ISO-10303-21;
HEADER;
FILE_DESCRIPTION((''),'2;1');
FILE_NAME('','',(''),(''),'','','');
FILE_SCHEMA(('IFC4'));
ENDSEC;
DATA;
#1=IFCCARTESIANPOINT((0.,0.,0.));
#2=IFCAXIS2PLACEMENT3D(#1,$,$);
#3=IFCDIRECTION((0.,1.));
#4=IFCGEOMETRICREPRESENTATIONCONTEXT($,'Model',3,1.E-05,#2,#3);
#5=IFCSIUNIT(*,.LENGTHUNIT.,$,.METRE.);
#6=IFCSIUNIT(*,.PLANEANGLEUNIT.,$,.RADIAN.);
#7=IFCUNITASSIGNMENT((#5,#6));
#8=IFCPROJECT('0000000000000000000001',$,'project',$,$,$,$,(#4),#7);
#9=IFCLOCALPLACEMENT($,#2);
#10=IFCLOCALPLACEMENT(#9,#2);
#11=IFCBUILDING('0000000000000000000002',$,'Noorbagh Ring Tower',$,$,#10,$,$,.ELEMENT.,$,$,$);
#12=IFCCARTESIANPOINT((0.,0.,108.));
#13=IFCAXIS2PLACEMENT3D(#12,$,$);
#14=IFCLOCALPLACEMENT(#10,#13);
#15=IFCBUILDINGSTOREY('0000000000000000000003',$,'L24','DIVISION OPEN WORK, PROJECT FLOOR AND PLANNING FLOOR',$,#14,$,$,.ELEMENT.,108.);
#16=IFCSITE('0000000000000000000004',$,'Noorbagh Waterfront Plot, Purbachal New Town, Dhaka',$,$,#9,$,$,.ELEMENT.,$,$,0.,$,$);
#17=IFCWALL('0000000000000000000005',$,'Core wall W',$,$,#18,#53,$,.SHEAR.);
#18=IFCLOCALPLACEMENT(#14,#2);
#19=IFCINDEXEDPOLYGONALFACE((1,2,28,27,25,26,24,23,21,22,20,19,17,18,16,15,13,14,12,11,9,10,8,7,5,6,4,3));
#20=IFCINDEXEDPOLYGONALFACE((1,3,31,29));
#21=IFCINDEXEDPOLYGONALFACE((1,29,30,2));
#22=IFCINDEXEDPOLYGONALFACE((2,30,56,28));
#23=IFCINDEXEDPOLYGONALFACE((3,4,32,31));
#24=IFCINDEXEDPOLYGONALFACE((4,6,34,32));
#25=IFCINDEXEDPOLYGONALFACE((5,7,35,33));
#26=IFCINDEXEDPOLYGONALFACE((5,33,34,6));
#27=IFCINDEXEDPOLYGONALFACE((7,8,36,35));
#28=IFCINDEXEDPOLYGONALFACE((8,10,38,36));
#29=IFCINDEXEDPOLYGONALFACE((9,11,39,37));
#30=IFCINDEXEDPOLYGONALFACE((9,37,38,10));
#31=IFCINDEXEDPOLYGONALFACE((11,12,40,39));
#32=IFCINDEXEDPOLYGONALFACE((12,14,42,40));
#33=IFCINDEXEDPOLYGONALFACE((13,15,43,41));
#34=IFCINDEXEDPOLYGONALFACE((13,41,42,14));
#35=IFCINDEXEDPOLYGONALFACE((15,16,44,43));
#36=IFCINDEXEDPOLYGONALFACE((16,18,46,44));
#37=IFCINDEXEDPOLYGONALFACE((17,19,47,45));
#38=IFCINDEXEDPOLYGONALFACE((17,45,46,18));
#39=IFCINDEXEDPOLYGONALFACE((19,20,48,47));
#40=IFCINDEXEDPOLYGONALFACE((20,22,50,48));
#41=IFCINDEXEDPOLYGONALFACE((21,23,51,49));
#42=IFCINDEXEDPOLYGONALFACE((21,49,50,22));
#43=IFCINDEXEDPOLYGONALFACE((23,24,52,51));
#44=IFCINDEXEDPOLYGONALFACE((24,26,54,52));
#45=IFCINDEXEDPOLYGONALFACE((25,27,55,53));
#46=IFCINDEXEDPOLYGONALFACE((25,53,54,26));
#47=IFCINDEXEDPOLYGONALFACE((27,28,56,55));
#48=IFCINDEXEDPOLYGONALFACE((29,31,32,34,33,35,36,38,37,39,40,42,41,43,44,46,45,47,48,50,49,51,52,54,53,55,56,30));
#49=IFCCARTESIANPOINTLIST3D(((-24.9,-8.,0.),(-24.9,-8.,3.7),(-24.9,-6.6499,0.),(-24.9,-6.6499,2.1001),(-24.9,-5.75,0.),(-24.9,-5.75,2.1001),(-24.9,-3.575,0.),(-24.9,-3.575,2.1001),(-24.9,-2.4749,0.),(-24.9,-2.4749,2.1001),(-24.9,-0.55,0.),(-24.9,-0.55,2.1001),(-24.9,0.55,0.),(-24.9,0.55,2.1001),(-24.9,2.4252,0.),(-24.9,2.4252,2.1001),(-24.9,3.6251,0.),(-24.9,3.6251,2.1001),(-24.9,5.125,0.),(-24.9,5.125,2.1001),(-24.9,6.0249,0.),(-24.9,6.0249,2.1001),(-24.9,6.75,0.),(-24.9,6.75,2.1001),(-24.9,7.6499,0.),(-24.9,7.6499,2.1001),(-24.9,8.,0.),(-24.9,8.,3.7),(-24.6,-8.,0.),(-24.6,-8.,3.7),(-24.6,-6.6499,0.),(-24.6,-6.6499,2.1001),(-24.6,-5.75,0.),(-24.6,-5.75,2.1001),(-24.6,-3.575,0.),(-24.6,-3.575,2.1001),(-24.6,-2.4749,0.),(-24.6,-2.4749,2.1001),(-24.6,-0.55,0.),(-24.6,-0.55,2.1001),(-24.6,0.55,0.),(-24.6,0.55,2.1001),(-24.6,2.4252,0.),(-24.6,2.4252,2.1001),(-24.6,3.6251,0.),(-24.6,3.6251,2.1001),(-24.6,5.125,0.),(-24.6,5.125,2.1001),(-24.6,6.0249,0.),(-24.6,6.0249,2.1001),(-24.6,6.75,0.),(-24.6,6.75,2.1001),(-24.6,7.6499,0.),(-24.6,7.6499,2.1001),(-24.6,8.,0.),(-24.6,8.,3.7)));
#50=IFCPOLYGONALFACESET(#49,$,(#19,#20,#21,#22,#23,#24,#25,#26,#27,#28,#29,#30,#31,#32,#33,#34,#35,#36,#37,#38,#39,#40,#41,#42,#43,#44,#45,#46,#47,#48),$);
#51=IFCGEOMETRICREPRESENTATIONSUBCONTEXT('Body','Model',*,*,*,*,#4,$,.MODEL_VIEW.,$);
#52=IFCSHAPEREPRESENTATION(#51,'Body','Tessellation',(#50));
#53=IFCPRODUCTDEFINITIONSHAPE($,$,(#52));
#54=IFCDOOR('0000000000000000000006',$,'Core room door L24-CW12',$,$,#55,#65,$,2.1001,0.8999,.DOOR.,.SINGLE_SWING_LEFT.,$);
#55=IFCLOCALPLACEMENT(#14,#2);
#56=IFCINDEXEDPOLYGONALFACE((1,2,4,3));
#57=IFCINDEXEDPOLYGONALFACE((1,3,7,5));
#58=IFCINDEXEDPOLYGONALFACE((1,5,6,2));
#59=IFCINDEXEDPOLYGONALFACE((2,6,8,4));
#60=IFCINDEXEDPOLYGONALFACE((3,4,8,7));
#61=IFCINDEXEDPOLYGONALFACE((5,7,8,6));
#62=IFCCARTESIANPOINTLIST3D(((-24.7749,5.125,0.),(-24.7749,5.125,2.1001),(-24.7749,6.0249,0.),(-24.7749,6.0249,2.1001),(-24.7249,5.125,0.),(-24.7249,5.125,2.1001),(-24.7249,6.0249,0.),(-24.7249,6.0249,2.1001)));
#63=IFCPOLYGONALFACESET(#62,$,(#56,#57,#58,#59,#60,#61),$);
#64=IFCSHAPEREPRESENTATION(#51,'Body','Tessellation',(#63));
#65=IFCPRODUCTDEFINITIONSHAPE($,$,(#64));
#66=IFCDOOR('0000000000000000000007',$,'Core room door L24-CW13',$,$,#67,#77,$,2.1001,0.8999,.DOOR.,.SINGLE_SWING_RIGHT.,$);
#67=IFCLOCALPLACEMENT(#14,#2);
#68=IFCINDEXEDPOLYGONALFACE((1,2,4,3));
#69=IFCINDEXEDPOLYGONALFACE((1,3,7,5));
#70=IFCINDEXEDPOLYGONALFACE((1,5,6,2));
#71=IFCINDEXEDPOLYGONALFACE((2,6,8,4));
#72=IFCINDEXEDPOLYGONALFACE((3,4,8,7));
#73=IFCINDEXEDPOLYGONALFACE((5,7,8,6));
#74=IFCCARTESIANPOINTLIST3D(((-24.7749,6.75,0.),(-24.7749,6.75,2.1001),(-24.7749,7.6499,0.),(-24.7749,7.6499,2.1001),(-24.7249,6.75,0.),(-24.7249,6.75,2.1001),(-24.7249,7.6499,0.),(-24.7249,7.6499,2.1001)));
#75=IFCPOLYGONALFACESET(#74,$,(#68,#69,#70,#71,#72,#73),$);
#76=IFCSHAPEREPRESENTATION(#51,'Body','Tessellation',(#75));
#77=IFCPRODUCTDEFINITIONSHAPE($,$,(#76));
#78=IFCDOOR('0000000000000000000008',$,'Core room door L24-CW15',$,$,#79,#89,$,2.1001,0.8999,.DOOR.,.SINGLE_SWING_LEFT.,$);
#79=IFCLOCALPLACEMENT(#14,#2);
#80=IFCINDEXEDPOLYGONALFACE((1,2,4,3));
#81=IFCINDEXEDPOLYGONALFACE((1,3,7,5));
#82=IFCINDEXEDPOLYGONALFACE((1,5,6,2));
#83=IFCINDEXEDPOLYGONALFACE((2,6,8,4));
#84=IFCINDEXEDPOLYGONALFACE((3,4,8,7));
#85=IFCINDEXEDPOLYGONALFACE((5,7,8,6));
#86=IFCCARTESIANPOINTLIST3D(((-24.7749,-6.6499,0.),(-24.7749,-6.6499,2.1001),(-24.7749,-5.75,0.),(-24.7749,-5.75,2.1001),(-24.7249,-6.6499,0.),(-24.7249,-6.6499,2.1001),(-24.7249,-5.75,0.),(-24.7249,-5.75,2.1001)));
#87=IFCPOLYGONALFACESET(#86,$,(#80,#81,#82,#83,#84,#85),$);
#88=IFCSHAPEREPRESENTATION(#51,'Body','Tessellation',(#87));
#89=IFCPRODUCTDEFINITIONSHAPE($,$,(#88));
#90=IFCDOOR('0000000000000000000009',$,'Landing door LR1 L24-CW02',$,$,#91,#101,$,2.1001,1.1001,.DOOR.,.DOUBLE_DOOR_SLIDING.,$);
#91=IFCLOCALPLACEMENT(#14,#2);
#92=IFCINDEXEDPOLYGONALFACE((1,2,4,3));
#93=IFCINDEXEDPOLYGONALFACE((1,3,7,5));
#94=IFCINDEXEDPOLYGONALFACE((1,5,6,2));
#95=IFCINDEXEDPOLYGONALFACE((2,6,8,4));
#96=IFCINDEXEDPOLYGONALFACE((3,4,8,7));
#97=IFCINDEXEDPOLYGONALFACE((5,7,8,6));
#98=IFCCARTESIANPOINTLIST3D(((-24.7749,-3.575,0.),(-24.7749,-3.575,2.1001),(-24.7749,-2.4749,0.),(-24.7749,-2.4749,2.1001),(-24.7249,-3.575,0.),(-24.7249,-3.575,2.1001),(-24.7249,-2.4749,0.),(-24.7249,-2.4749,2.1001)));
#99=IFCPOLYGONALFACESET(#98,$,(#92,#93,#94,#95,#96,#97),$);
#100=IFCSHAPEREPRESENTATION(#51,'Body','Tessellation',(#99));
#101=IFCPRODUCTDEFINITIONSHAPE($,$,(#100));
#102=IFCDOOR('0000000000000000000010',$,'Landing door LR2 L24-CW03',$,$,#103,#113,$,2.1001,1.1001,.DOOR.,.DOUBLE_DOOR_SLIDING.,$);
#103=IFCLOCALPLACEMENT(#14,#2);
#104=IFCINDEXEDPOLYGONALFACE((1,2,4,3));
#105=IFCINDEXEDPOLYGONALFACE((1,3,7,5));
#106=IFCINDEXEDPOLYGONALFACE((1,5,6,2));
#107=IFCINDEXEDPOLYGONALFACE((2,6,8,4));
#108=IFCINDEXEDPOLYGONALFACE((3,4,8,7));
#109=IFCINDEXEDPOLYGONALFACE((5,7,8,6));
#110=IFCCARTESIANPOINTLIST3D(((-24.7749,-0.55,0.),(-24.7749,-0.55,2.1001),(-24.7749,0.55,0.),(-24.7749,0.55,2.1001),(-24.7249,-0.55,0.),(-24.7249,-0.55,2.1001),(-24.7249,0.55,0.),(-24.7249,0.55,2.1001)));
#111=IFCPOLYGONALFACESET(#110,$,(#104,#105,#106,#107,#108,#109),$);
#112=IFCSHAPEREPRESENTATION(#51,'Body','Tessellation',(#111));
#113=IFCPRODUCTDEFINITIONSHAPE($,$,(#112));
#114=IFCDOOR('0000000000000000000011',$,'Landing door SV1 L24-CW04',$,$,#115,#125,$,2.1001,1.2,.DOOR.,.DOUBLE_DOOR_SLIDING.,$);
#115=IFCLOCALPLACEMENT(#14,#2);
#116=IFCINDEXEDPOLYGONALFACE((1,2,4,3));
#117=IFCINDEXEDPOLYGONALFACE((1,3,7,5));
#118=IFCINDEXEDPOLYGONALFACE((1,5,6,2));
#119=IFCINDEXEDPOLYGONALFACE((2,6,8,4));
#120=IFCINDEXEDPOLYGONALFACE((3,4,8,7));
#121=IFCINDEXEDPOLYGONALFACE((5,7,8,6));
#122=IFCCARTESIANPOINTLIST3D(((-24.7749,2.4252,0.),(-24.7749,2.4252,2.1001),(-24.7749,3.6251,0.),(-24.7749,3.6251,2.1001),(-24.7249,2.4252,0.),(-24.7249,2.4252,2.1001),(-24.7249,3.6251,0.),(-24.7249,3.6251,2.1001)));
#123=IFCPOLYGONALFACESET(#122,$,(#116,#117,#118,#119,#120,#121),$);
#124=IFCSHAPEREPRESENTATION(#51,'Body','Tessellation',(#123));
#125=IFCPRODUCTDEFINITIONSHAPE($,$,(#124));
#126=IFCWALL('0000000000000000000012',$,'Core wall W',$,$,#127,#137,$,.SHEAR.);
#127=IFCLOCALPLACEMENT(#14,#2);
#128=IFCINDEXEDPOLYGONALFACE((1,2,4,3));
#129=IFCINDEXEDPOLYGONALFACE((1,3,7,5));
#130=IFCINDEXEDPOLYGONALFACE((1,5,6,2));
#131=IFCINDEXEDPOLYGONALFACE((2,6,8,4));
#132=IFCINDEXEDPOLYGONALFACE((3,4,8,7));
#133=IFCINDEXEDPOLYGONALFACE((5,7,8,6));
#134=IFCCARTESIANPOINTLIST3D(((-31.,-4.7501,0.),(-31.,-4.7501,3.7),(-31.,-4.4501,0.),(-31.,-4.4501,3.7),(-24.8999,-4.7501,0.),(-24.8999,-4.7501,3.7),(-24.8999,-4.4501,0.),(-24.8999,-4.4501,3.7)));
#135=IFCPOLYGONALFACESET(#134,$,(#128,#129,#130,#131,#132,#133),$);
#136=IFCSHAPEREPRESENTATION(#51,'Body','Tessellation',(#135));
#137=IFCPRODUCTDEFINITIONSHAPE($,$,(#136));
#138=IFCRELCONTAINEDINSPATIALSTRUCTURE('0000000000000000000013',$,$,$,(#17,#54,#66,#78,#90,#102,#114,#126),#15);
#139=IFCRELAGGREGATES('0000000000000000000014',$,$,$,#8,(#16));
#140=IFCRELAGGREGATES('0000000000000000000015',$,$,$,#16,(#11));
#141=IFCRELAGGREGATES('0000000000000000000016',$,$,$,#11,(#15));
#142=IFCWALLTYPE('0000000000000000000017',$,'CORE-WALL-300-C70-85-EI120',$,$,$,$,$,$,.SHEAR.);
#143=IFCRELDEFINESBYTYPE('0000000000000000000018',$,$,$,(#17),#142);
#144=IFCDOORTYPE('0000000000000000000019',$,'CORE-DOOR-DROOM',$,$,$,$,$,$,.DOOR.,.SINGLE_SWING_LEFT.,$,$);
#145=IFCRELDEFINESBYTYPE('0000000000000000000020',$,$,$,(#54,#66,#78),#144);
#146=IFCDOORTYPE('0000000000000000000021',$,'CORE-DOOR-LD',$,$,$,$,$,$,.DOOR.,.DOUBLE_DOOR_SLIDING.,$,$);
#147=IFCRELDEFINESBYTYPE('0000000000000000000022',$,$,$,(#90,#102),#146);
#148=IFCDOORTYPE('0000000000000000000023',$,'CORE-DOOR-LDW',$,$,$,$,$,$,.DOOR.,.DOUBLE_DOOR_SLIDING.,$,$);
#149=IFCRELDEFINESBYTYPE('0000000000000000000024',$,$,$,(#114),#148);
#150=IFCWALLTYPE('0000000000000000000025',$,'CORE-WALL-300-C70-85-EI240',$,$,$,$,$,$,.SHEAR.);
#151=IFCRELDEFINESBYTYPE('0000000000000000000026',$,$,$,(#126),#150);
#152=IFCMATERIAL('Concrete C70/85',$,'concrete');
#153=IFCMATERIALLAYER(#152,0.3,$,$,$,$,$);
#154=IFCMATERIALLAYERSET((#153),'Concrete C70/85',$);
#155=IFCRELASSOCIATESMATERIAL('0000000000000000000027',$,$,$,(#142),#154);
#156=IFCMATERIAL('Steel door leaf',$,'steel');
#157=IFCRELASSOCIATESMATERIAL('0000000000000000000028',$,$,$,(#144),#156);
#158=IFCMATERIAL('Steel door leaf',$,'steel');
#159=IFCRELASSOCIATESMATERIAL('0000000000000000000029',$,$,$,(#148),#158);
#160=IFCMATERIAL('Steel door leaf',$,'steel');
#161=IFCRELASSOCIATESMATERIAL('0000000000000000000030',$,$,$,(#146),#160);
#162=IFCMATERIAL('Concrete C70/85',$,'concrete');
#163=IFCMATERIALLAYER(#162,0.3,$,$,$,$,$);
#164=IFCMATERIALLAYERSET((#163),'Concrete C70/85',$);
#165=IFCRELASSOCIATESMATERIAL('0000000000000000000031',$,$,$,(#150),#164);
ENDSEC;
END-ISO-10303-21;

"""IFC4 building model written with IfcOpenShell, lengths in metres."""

from ifc_helpers import new_model, si_unit, direction, frame, frame_2d, origin, place, context, subcontext, project, spatial, rectangle, extrude, material, layer, layer_set, type_object, element, fill, save


model = new_model("IFC4")

# Units and contexts
model_context = context("Model", 3, precision=1e-05, world=origin(), true_north=direction((0.0, 1.0)))
body_context = subcontext(model_context, "Body", "Model", "MODEL_VIEW")
ifc_project = project(units=[si_unit("LENGTHUNIT", "METRE"), si_unit("PLANEANGLEUNIT", "RADIAN")], contexts=[model_context])

# Site, building, storey
site_placement = place(None, origin())
site = spatial("IfcSite", under=ifc_project, at=site_placement, Name="Noorbagh Waterfront Plot, Purbachal New Town, Dhaka", CompositionType="ELEMENT", RefElevation=0.0)
building_placement = place(site_placement, origin())
building = spatial("IfcBuilding", under=site, at=building_placement, Name="Noorbagh Ring Tower", CompositionType="ELEMENT")
storey_placement = place(building_placement, frame((0.0, 0.0, 108.0)))
storey = spatial("IfcBuildingStorey", under=building, at=storey_placement, Name="L24", Description="DIVISION OPEN WORK, PROJECT FLOOR AND PLANNING FLOOR", CompositionType="ELEMENT", Elevation=108.0)

# Shared definitions
ifc_material_1 = material(Name="Concrete C70/85", Category="concrete")
ifc_layer_1 = layer(ifc_material_1, 0.3)
ifc_layer_set_1 = layer_set([ifc_layer_1], Name="Concrete C70/85")
wall_type_1 = type_object("IfcWallType", Name="CORE-WALL-300-C70-85-EI120", PredefinedType="SHEAR", material=ifc_layer_set_1)

# Wall, openings, doors
ifc_material_2 = material(Name="Steel door leaf", Category="steel")
door_type_1 = type_object("IfcDoorType", Name="CORE-DOOR-DROOM", OperationType="SINGLE_SWING_LEFT", PredefinedType="DOOR", material=ifc_material_2)
ifc_material_3 = material(Name="Steel door leaf", Category="steel")
door_type_2 = type_object("IfcDoorType", Name="CORE-DOOR-LDW", OperationType="DOUBLE_DOOR_SLIDING", PredefinedType="DOOR", material=ifc_material_3)
wall_1_placement = place(storey_placement, frame((-24.75, -8.0, 0.0), z_axis=(0.0, 0.0, 1.0), x_axis=(0.0, 1.0, 0.0)))
wall_1 = element("IfcWall", 1, at=wall_1_placement, inside=storey, type_object=wall_type_1, Name="Core wall W", PredefinedType="SHEAR", context=body_context, shape_type="SweptSolid", body=[
    extrude(rectangle(XDim=16.0, YDim=0.3, at=frame_2d((8.0, 0.0))), origin(), (0.0, 0.0, 1.0), 3.7),
])
opening_1_placement = place(wall_1_placement, frame((4.425, 0.0, 0.0)))
opening_1 = element("IfcOpeningElement", 2, at=opening_1_placement, cuts=wall_1, PredefinedType="OPENING", context=body_context, shape_type="SweptSolid", body=[
    extrude(rectangle(XDim=1.1001, YDim=2.1001, at=frame_2d((0.55, 1.05))), frame((0.0, 0.1602, 0.0), z_axis=(0.0, -1.0, 0.0), x_axis=(1.0, 0.0, 0.0)), (0.0, 0.0, 1.0), 0.3201),
])
opening_2_placement = place(wall_1_placement, frame((7.45, 0.0, 0.0)))
opening_2 = element("IfcOpeningElement", 3, at=opening_2_placement, cuts=wall_1, PredefinedType="OPENING", context=body_context, shape_type="SweptSolid", body=[
    extrude(rectangle(XDim=1.1001, YDim=2.1001, at=frame_2d((0.55, 1.05))), frame((0.0, 0.1602, 0.0), z_axis=(0.0, -1.0, 0.0), x_axis=(1.0, 0.0, 0.0)), (0.0, 0.0, 1.0), 0.3201),
])
opening_3_placement = place(wall_1_placement, frame((10.425, 0.0, 0.0)))
opening_3 = element("IfcOpeningElement", 4, at=opening_3_placement, cuts=wall_1, PredefinedType="OPENING", context=body_context, shape_type="SweptSolid", body=[
    extrude(rectangle(XDim=1.2, YDim=2.1001, at=frame_2d((0.6001, 1.05))), frame((0.0, 0.1602, 0.0), z_axis=(0.0, -1.0, 0.0), x_axis=(1.0, 0.0, 0.0)), (0.0, 0.0, 1.0), 0.3201),
])
opening_4_placement = place(wall_1_placement, frame((13.125, 0.0, 0.0)))
opening_4 = element("IfcOpeningElement", 5, at=opening_4_placement, cuts=wall_1, PredefinedType="OPENING", context=body_context, shape_type="SweptSolid", body=[
    extrude(rectangle(XDim=0.8999, YDim=2.1001, at=frame_2d((0.45, 1.05))), frame((0.0, 0.1602, 0.0), z_axis=(0.0, -1.0, 0.0), x_axis=(1.0, 0.0, 0.0)), (0.0, 0.0, 1.0), 0.3201),
])
opening_5_placement = place(wall_1_placement, frame((14.75, 0.0, 0.0)))
opening_5 = element("IfcOpeningElement", 6, at=opening_5_placement, cuts=wall_1, PredefinedType="OPENING", context=body_context, shape_type="SweptSolid", body=[
    extrude(rectangle(XDim=0.8999, YDim=2.1001, at=frame_2d((0.45, 1.05))), frame((0.0, 0.1602, 0.0), z_axis=(0.0, -1.0, 0.0), x_axis=(1.0, 0.0, 0.0)), (0.0, 0.0, 1.0), 0.3201),
])
opening_6_placement = place(wall_1_placement, frame((1.3501, 0.0, 0.0)))
opening_6 = element("IfcOpeningElement", 7, at=opening_6_placement, cuts=wall_1, PredefinedType="OPENING", context=body_context, shape_type="SweptSolid", body=[
    extrude(rectangle(XDim=0.8999, YDim=2.1001, at=frame_2d((0.45, 1.05))), frame((0.0, 0.1602, 0.0), z_axis=(0.0, -1.0, 0.0), x_axis=(1.0, 0.0, 0.0)), (0.0, 0.0, 1.0), 0.3201),
])
door_1_placement = place(opening_4_placement, origin())
door_1 = element("IfcDoor", 8, at=door_1_placement, inside=storey, type_object=door_type_1, Name="Core room door L24-CW12", OperationType="SINGLE_SWING_LEFT", OverallHeight=2.1001, OverallWidth=0.8999, PredefinedType="DOOR", context=body_context, shape_type="SweptSolid", body=[
    extrude(rectangle(XDim=0.8999, YDim=2.1001, at=frame_2d((0.45, 1.05))), frame((0.0, 0.0249, 0.0), z_axis=(0.0, -1.0, 0.0), x_axis=(1.0, 0.0, 0.0)), (0.0, 0.0, 1.0), 0.05),
])
fill(opening_4, door_1)
door_2_placement = place(opening_5_placement, origin())
door_2 = element("IfcDoor", 9, at=door_2_placement, inside=storey, type_object=door_type_1, Name="Core room door L24-CW13", OperationType="SINGLE_SWING_RIGHT", OverallHeight=2.1001, OverallWidth=0.8999, PredefinedType="DOOR", context=body_context, shape_type="SweptSolid", body=[
    extrude(rectangle(XDim=0.8999, YDim=2.1001, at=frame_2d((0.45, 1.05))), frame((0.0, 0.0249, 0.0), z_axis=(0.0, -1.0, 0.0), x_axis=(1.0, 0.0, 0.0)), (0.0, 0.0, 1.0), 0.05),
])
fill(opening_5, door_2)
door_3_placement = place(opening_6_placement, origin())
door_3 = element("IfcDoor", 10, at=door_3_placement, inside=storey, type_object=door_type_1, Name="Core room door L24-CW15", OperationType="SINGLE_SWING_LEFT", OverallHeight=2.1001, OverallWidth=0.8999, PredefinedType="DOOR", context=body_context, shape_type="SweptSolid", body=[
    extrude(rectangle(XDim=0.8999, YDim=2.1001, at=frame_2d((0.45, 1.05))), frame((0.0, 0.0249, 0.0), z_axis=(0.0, -1.0, 0.0), x_axis=(1.0, 0.0, 0.0)), (0.0, 0.0, 1.0), 0.05),
])
fill(opening_6, door_3)
ifc_material_4 = material(Name="Steel door leaf", Category="steel")
door_type_3 = type_object("IfcDoorType", Name="CORE-DOOR-LD", OperationType="DOUBLE_DOOR_SLIDING", PredefinedType="DOOR", material=ifc_material_4)
door_4_placement = place(opening_1_placement, origin())
door_4 = element("IfcDoor", 11, at=door_4_placement, inside=storey, type_object=door_type_3, Name="Landing door LR1 L24-CW02", OperationType="DOUBLE_DOOR_SLIDING", OverallHeight=2.1001, OverallWidth=1.1001, PredefinedType="DOOR", context=body_context, shape_type="SweptSolid", body=[
    extrude(rectangle(XDim=1.1001, YDim=2.1001, at=frame_2d((0.55, 1.05))), frame((0.0, 0.0249, 0.0), z_axis=(0.0, -1.0, 0.0), x_axis=(1.0, 0.0, 0.0)), (0.0, 0.0, 1.0), 0.05),
])
fill(opening_1, door_4)
door_5_placement = place(opening_2_placement, origin())
door_5 = element("IfcDoor", 12, at=door_5_placement, inside=storey, type_object=door_type_3, Name="Landing door LR2 L24-CW03", OperationType="DOUBLE_DOOR_SLIDING", OverallHeight=2.1001, OverallWidth=1.1001, PredefinedType="DOOR", context=body_context, shape_type="SweptSolid", body=[
    extrude(rectangle(XDim=1.1001, YDim=2.1001, at=frame_2d((0.55, 1.05))), frame((0.0, 0.0249, 0.0), z_axis=(0.0, -1.0, 0.0), x_axis=(1.0, 0.0, 0.0)), (0.0, 0.0, 1.0), 0.05),
])
fill(opening_2, door_5)
door_6_placement = place(opening_3_placement, origin())
door_6 = element("IfcDoor", 13, at=door_6_placement, inside=storey, type_object=door_type_2, Name="Landing door SV1 L24-CW04", OperationType="DOUBLE_DOOR_SLIDING", OverallHeight=2.1001, OverallWidth=1.2, PredefinedType="DOOR", context=body_context, shape_type="SweptSolid", body=[
    extrude(rectangle(XDim=1.2, YDim=2.1001, at=frame_2d((0.6001, 1.05))), frame((0.0, 0.0249, 0.0), z_axis=(0.0, -1.0, 0.0), x_axis=(1.0, 0.0, 0.0)), (0.0, 0.0, 1.0), 0.05),
])
fill(opening_3, door_6)

# Wall
ifc_material_5 = material(Name="Concrete C70/85", Category="concrete")
ifc_layer_2 = layer(ifc_material_5, 0.3)
ifc_layer_set_2 = layer_set([ifc_layer_2], Name="Concrete C70/85")
wall_type_2 = type_object("IfcWallType", Name="CORE-WALL-300-C70-85-EI240", PredefinedType="SHEAR", material=ifc_layer_set_2)
wall_2_placement = place(storey_placement, frame((-24.8999, -4.6001, 0.0), z_axis=(0.0, 0.0, 1.0), x_axis=(-1.0, 0.0, 0.0)))
element("IfcWall", 14, at=wall_2_placement, inside=storey, type_object=wall_type_2, Name="Core wall W", PredefinedType="SHEAR", context=body_context, shape_type="SweptSolid", body=[
    extrude(rectangle(XDim=6.1001, YDim=0.3, at=frame_2d((3.05, 0.0))), origin(), (0.0, 0.0, 1.0), 3.7),
])

save(model, "model.ifc")
